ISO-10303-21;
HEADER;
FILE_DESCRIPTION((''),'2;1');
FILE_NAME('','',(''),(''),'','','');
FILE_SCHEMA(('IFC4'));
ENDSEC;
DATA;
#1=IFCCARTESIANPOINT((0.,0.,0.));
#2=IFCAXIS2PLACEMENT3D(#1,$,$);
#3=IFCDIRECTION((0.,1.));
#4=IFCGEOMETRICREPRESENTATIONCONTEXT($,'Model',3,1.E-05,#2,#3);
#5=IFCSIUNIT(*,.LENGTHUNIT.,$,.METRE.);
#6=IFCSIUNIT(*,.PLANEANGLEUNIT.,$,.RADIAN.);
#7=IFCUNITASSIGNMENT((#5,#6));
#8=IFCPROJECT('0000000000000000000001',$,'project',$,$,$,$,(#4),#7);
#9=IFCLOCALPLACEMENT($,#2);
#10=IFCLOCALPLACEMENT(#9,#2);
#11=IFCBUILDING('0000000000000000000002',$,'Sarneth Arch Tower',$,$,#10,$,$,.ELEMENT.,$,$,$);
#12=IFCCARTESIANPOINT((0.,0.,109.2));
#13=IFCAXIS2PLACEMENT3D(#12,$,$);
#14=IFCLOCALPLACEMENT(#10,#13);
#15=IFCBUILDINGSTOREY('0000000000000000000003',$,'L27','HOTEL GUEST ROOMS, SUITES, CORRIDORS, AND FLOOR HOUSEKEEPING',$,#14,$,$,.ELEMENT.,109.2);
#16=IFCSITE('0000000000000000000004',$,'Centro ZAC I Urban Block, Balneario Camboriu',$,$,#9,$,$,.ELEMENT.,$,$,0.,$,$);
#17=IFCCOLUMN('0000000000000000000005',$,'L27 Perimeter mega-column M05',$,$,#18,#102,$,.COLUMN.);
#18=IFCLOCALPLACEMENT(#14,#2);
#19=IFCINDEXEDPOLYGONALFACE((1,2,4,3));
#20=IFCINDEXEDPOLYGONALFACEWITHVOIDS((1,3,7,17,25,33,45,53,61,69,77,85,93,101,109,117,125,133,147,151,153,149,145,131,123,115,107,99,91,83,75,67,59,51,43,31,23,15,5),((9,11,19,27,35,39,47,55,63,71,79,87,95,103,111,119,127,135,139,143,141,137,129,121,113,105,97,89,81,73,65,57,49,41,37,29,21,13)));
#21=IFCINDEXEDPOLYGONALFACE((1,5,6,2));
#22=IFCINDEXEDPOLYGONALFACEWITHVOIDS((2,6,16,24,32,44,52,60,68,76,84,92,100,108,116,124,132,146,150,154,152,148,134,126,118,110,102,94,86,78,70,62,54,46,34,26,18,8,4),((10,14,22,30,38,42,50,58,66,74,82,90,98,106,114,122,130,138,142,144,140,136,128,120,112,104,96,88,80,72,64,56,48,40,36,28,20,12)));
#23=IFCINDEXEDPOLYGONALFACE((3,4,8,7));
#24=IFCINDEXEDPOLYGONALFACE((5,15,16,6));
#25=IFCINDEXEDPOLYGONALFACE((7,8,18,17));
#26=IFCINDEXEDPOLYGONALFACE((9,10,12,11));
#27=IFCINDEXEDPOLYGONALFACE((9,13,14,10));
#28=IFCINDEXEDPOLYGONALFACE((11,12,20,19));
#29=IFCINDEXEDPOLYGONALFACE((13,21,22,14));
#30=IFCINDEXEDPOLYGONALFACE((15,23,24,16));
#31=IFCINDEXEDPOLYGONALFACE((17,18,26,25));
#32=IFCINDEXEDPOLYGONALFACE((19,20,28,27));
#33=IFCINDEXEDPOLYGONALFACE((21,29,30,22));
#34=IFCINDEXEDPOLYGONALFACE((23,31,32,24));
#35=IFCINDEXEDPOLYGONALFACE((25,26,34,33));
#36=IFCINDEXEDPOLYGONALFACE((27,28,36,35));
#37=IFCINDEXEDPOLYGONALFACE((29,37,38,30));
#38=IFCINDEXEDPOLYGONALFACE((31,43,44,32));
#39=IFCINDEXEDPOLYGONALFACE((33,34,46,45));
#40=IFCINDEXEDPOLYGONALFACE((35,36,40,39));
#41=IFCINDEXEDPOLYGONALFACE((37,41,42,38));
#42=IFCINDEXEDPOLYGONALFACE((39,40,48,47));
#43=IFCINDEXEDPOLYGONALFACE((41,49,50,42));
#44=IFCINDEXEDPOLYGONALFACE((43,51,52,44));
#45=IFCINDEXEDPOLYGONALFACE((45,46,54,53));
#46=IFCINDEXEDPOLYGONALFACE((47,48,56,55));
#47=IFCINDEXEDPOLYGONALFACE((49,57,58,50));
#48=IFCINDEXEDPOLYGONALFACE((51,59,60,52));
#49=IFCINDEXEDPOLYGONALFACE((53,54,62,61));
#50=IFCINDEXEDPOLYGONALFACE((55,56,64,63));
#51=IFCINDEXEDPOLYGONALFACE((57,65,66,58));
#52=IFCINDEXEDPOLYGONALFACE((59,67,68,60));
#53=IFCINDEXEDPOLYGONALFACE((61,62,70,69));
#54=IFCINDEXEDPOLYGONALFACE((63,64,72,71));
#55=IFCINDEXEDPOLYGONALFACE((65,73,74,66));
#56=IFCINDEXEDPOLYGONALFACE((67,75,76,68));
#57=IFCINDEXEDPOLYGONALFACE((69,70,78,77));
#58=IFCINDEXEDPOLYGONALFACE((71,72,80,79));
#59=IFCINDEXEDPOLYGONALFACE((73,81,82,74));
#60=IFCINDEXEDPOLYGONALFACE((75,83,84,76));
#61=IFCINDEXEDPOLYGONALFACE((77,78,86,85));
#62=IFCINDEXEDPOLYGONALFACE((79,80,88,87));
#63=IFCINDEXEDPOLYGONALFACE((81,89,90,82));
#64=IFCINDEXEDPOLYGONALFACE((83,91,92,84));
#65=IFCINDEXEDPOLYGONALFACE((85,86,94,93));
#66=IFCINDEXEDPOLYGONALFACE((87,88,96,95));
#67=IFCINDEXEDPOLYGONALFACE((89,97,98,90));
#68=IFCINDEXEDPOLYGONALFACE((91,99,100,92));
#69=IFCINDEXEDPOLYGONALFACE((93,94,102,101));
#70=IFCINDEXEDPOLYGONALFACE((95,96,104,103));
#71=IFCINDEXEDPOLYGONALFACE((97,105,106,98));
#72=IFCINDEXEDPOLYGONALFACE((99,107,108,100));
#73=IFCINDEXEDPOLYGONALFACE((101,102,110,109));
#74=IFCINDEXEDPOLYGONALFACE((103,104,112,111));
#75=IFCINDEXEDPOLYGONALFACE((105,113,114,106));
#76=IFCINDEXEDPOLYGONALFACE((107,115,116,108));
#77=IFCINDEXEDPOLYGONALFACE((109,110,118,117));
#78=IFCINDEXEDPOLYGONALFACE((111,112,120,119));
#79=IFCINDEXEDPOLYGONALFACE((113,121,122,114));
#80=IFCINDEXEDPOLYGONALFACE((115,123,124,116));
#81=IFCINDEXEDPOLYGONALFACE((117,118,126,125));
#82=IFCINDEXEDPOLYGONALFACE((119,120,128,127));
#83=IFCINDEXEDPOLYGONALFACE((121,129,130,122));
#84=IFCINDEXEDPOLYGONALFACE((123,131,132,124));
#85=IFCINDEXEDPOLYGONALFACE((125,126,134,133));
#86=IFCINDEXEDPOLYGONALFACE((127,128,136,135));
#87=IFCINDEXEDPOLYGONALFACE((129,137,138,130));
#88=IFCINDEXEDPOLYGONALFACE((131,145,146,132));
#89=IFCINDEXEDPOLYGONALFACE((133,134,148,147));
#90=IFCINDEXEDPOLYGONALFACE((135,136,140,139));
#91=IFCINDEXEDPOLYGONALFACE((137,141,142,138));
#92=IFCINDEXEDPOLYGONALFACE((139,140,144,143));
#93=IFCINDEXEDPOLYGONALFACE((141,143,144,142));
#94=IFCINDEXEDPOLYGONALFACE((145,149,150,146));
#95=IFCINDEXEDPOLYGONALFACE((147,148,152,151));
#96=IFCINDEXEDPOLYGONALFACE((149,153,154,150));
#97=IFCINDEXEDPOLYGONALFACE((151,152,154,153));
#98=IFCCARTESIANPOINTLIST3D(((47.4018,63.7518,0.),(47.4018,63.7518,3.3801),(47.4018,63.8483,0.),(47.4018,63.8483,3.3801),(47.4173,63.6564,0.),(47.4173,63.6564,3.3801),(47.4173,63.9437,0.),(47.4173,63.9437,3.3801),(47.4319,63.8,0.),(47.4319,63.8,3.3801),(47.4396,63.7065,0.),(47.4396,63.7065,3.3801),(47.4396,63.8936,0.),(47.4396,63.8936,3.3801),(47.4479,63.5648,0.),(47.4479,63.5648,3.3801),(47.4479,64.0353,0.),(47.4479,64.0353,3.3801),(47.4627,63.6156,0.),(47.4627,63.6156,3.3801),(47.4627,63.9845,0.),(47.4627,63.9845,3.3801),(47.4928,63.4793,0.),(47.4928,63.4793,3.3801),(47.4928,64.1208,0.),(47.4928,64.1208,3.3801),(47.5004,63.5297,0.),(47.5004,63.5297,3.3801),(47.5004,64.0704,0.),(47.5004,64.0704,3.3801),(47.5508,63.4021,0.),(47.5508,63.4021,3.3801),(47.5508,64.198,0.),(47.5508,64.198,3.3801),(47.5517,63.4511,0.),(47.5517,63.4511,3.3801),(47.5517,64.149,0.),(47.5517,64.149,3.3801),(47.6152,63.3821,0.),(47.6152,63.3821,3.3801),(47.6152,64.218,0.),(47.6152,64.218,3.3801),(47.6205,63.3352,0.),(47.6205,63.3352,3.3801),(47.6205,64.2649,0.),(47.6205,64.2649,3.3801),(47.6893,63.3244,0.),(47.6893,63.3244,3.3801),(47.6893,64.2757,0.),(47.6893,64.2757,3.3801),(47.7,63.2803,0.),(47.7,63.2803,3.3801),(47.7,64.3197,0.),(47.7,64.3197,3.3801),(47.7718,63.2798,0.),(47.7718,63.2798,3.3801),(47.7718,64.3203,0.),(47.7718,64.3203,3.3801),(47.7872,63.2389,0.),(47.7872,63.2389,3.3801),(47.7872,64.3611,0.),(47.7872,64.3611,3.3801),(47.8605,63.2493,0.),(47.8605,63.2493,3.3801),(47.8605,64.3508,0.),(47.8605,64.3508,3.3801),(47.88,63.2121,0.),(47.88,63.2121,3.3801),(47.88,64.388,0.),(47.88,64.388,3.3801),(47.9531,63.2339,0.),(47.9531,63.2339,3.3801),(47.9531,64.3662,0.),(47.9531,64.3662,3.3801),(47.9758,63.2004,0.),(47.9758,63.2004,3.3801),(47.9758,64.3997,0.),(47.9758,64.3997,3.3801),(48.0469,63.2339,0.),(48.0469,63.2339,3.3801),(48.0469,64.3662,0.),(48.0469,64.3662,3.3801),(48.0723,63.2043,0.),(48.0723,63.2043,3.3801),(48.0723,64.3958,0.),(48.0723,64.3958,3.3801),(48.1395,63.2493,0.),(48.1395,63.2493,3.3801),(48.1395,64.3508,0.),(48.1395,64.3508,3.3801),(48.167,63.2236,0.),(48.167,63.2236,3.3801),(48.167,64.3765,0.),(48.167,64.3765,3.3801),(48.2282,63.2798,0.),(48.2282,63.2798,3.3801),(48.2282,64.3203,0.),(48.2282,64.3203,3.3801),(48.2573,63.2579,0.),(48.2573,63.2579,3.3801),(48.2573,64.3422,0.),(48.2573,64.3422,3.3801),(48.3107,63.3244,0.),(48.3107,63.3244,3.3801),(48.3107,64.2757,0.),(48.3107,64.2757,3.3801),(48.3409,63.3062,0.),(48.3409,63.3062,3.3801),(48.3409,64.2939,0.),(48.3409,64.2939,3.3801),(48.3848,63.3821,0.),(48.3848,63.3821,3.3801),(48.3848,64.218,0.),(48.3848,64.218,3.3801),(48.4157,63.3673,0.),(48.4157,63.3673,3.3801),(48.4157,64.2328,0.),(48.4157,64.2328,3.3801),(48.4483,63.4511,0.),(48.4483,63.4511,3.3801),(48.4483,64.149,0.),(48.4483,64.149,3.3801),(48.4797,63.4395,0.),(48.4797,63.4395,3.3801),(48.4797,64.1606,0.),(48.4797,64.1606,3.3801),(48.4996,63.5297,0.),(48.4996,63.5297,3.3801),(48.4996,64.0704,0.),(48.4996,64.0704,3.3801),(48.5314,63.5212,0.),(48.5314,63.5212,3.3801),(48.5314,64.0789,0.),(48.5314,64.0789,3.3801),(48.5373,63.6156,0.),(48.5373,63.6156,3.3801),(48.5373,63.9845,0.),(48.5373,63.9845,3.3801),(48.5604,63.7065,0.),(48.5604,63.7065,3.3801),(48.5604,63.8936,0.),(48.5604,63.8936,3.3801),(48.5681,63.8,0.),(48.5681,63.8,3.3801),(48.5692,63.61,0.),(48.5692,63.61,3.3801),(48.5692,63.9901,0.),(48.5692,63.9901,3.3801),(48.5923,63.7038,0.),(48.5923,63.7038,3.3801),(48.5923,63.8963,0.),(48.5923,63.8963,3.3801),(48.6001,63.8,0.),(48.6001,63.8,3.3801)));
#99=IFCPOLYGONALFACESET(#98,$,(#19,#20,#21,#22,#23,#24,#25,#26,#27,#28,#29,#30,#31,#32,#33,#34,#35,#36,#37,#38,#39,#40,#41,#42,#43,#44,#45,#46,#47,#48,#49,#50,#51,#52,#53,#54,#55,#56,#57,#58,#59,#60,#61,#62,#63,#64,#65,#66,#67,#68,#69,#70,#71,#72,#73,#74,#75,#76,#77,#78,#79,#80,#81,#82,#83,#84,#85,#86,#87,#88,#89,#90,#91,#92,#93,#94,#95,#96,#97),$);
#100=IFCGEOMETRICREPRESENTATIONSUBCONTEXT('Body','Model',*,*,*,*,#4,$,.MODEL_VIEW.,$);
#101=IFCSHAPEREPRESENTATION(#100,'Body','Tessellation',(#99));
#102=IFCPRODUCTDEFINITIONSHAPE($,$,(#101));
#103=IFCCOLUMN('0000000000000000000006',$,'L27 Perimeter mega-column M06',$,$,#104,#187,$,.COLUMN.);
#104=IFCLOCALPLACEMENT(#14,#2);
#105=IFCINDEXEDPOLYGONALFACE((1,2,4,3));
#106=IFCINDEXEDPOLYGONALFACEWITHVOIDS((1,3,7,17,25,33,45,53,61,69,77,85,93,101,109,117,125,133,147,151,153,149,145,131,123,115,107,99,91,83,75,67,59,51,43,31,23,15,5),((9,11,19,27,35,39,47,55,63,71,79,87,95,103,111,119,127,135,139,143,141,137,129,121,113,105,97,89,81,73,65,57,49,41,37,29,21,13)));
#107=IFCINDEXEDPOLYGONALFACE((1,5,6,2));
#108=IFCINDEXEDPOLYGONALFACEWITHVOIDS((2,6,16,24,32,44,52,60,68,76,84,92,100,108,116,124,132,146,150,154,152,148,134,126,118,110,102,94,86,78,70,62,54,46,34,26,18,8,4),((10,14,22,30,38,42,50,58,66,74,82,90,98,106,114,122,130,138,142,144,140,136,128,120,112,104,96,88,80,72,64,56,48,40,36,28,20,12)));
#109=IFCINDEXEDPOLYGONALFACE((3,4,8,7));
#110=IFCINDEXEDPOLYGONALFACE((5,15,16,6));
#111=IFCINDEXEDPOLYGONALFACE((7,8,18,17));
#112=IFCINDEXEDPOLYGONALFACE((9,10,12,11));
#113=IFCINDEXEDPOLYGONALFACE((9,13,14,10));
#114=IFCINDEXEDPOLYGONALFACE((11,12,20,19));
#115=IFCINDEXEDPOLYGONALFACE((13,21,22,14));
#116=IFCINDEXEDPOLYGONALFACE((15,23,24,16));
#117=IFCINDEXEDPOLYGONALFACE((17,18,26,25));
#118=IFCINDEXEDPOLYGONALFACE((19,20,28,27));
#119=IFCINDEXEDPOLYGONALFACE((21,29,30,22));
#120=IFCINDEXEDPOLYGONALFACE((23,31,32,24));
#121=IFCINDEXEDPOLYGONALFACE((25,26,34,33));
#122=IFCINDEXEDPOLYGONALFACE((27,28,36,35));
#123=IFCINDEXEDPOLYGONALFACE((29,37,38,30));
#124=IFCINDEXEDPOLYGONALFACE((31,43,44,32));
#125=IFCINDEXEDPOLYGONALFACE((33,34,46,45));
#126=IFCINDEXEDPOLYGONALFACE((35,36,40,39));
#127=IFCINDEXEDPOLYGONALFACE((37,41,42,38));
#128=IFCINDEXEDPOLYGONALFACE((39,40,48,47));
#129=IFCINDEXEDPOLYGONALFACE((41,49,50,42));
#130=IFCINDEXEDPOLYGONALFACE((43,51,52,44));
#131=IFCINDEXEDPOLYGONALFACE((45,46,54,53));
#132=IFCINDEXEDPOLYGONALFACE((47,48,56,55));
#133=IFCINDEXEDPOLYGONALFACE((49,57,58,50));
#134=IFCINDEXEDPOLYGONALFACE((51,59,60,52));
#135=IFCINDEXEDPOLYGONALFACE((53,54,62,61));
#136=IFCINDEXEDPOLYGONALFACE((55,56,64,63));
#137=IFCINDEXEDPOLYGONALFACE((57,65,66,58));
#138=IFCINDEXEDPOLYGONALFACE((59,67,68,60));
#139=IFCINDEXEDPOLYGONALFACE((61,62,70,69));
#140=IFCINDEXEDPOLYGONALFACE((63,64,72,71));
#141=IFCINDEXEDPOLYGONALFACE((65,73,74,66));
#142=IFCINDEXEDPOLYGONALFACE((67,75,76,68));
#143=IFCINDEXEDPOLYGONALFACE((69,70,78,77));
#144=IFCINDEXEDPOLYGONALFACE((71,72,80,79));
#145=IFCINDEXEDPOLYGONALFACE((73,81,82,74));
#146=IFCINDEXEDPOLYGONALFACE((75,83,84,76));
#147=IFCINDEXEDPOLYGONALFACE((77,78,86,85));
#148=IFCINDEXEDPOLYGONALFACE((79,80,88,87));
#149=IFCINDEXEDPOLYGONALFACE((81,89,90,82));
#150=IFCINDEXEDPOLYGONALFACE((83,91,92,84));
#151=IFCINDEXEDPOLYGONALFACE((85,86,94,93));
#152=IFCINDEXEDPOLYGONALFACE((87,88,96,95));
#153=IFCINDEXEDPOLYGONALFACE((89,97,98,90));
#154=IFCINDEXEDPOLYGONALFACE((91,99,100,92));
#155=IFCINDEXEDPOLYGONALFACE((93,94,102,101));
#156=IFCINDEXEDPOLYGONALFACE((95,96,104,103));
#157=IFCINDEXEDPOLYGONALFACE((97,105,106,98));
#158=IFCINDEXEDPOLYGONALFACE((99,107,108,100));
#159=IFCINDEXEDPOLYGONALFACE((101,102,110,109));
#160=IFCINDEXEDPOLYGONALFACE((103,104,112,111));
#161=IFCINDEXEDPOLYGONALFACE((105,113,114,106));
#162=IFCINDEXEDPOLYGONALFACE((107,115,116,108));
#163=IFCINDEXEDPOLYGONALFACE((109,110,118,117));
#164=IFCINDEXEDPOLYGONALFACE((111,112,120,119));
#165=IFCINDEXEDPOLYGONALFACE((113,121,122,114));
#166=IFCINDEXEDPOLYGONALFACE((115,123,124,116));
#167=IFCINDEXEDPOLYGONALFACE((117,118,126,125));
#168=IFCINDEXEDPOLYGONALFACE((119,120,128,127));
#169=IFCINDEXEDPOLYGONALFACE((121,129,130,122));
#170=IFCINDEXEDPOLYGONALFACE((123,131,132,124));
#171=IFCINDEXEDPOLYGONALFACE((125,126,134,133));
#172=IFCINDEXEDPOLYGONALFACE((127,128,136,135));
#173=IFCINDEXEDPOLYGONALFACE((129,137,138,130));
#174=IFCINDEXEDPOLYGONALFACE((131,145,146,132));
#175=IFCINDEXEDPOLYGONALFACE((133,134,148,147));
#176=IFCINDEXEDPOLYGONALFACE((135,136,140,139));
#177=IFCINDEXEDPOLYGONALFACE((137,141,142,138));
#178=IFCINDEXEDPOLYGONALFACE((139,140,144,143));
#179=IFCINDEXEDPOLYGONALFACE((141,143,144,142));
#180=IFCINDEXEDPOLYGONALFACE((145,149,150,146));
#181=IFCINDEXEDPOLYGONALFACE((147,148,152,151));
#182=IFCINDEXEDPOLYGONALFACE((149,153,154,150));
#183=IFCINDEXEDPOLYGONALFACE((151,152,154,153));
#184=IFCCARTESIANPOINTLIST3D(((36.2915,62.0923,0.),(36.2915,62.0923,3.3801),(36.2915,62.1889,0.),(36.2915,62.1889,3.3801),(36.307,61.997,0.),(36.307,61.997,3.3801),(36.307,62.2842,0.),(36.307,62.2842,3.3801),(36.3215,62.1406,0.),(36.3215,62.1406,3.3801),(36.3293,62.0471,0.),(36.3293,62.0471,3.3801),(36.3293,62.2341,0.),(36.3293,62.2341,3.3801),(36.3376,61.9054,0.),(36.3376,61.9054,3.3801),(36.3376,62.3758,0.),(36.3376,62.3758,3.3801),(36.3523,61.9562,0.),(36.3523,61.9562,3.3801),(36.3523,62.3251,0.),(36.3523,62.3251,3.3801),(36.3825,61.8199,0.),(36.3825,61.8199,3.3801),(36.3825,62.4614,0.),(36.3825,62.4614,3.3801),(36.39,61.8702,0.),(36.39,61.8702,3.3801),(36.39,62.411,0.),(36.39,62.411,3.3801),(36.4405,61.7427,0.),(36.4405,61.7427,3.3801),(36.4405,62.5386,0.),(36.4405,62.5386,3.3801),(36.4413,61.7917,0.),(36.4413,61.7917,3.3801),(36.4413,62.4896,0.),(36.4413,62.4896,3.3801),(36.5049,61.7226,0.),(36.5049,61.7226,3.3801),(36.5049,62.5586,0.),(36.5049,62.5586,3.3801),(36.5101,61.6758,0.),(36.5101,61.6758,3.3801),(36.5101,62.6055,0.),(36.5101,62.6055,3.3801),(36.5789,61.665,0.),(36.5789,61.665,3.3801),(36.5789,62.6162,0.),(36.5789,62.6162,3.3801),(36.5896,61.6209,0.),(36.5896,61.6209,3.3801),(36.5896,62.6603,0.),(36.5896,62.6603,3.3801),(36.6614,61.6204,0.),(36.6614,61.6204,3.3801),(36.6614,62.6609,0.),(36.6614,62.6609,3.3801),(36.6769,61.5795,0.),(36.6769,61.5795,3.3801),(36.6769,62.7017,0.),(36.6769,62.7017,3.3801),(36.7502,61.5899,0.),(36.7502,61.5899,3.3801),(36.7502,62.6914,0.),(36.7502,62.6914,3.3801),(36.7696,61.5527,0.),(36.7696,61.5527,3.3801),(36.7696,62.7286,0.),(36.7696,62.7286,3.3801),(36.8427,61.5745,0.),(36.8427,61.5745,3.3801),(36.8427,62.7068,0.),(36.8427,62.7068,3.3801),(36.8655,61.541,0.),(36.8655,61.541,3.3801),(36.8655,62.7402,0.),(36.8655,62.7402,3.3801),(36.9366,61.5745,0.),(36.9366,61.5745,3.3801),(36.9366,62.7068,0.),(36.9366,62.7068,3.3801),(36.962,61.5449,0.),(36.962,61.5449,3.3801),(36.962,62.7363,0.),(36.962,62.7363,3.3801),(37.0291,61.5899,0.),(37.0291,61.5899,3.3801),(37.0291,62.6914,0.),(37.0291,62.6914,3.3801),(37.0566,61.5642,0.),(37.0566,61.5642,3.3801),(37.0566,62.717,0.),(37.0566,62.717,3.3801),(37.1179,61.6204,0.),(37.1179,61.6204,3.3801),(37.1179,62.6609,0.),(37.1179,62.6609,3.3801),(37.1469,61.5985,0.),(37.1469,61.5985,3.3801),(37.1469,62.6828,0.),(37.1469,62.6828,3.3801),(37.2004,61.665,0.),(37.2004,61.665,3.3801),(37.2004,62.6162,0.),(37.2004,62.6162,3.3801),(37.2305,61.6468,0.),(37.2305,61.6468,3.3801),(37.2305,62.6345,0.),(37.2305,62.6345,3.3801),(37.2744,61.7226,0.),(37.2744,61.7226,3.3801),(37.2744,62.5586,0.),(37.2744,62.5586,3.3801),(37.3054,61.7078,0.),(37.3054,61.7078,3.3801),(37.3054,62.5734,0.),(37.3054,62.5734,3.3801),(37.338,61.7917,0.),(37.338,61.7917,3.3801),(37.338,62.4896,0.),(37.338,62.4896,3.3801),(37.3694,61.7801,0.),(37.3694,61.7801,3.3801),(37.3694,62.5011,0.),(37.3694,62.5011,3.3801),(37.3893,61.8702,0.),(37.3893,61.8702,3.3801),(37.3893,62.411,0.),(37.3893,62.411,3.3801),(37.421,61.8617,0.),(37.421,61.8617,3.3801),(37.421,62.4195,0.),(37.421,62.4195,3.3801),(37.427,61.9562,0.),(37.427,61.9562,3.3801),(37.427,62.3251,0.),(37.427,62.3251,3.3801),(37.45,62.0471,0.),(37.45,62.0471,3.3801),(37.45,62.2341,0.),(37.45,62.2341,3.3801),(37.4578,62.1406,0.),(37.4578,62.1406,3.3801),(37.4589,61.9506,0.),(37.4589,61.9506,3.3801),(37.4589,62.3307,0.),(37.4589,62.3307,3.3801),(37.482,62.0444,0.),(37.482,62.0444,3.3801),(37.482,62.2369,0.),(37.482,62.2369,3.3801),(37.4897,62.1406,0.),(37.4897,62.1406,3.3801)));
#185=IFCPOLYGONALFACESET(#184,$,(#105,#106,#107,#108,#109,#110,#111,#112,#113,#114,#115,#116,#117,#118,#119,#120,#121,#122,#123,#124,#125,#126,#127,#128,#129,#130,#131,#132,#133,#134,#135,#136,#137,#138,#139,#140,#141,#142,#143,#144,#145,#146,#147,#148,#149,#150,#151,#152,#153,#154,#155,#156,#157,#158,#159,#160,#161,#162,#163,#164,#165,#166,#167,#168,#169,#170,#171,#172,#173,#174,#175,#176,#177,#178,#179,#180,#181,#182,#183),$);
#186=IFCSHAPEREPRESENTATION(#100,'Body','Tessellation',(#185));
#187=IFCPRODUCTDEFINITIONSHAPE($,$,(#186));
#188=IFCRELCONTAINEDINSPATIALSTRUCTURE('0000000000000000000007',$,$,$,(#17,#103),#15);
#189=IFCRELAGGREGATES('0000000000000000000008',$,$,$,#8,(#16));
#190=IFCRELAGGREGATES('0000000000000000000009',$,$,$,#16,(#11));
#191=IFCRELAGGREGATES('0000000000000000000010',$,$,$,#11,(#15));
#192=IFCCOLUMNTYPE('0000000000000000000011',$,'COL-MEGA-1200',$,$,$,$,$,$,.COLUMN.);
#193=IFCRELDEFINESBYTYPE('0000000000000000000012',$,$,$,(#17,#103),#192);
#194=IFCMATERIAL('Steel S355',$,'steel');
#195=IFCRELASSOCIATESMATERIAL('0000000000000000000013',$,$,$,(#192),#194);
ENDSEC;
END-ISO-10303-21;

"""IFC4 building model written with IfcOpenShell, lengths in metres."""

from ifc_helpers import new_model, si_unit, direction, frame, origin, origin_2d, place, context, subcontext, project, spatial, hollow_circle, extrude, material, material_profile, profile_set, type_object, element, save


model = new_model("IFC4")

# Units and contexts
model_context = context("Model", 3, precision=1e-05, world=origin(), true_north=direction((0.0, 1.0)))
body_context = subcontext(model_context, "Body", "Model", "MODEL_VIEW")
ifc_project = project(units=[si_unit("LENGTHUNIT", "METRE"), si_unit("PLANEANGLEUNIT", "RADIAN")], contexts=[model_context])

# Site, building, storey
site_placement = place(None, origin())
site = spatial("IfcSite", under=ifc_project, at=site_placement, Name="Centro ZAC I Urban Block, Balneario Camboriu", CompositionType="ELEMENT", RefElevation=0.0)
building_placement = place(site_placement, origin())
building = spatial("IfcBuilding", under=site, at=building_placement, Name="Sarneth Arch Tower", CompositionType="ELEMENT")
storey_placement = place(building_placement, frame((0.0, 0.0, 109.2)))
storey = spatial("IfcBuildingStorey", under=building, at=storey_placement, Name="L27", Description="HOTEL GUEST ROOMS, SUITES, CORRIDORS, AND FLOOR HOUSEKEEPING", CompositionType="ELEMENT", Elevation=109.2)

# Columns
ifc_material_1 = material(Name="Steel S355", Category="steel")
ifc_material_profile_1 = material_profile(ifc_material_1, hollow_circle(Radius=0.6001, WallThickness=0.032, at=origin_2d()), Name="CHS1200x32")
ifc_profile_set_1 = profile_set([ifc_material_profile_1], Name="Steel S355")
column_type = type_object("IfcColumnType", Name="COL-MEGA-1200", PredefinedType="COLUMN", material=ifc_profile_set_1)
for number, where, z_axis, x_axis, name in (
    (1, (48.0, 63.8, 0.0), (0.0, 0.0, 1.0), (1.0, 0.0, 0.0), "L27 Perimeter mega-column M05"),
    (2, (36.8896, 62.1406, 0.0), (0.0, 0.0, 1.0), (1.0, 0.0, 0.0), "L27 Perimeter mega-column M06"),
):
    element("IfcColumn", number, at=place(storey_placement, frame(where, z_axis=z_axis, x_axis=x_axis)), inside=storey, type_object=column_type, Name=name, PredefinedType="COLUMN", context=body_context, shape_type="SweptSolid", body=[
        extrude(hollow_circle(Radius=0.6001, WallThickness=0.032, at=origin_2d()), origin(), (0.0, 0.0, 1.0), 3.3801),
    ])

save(model, "model.ifc")
